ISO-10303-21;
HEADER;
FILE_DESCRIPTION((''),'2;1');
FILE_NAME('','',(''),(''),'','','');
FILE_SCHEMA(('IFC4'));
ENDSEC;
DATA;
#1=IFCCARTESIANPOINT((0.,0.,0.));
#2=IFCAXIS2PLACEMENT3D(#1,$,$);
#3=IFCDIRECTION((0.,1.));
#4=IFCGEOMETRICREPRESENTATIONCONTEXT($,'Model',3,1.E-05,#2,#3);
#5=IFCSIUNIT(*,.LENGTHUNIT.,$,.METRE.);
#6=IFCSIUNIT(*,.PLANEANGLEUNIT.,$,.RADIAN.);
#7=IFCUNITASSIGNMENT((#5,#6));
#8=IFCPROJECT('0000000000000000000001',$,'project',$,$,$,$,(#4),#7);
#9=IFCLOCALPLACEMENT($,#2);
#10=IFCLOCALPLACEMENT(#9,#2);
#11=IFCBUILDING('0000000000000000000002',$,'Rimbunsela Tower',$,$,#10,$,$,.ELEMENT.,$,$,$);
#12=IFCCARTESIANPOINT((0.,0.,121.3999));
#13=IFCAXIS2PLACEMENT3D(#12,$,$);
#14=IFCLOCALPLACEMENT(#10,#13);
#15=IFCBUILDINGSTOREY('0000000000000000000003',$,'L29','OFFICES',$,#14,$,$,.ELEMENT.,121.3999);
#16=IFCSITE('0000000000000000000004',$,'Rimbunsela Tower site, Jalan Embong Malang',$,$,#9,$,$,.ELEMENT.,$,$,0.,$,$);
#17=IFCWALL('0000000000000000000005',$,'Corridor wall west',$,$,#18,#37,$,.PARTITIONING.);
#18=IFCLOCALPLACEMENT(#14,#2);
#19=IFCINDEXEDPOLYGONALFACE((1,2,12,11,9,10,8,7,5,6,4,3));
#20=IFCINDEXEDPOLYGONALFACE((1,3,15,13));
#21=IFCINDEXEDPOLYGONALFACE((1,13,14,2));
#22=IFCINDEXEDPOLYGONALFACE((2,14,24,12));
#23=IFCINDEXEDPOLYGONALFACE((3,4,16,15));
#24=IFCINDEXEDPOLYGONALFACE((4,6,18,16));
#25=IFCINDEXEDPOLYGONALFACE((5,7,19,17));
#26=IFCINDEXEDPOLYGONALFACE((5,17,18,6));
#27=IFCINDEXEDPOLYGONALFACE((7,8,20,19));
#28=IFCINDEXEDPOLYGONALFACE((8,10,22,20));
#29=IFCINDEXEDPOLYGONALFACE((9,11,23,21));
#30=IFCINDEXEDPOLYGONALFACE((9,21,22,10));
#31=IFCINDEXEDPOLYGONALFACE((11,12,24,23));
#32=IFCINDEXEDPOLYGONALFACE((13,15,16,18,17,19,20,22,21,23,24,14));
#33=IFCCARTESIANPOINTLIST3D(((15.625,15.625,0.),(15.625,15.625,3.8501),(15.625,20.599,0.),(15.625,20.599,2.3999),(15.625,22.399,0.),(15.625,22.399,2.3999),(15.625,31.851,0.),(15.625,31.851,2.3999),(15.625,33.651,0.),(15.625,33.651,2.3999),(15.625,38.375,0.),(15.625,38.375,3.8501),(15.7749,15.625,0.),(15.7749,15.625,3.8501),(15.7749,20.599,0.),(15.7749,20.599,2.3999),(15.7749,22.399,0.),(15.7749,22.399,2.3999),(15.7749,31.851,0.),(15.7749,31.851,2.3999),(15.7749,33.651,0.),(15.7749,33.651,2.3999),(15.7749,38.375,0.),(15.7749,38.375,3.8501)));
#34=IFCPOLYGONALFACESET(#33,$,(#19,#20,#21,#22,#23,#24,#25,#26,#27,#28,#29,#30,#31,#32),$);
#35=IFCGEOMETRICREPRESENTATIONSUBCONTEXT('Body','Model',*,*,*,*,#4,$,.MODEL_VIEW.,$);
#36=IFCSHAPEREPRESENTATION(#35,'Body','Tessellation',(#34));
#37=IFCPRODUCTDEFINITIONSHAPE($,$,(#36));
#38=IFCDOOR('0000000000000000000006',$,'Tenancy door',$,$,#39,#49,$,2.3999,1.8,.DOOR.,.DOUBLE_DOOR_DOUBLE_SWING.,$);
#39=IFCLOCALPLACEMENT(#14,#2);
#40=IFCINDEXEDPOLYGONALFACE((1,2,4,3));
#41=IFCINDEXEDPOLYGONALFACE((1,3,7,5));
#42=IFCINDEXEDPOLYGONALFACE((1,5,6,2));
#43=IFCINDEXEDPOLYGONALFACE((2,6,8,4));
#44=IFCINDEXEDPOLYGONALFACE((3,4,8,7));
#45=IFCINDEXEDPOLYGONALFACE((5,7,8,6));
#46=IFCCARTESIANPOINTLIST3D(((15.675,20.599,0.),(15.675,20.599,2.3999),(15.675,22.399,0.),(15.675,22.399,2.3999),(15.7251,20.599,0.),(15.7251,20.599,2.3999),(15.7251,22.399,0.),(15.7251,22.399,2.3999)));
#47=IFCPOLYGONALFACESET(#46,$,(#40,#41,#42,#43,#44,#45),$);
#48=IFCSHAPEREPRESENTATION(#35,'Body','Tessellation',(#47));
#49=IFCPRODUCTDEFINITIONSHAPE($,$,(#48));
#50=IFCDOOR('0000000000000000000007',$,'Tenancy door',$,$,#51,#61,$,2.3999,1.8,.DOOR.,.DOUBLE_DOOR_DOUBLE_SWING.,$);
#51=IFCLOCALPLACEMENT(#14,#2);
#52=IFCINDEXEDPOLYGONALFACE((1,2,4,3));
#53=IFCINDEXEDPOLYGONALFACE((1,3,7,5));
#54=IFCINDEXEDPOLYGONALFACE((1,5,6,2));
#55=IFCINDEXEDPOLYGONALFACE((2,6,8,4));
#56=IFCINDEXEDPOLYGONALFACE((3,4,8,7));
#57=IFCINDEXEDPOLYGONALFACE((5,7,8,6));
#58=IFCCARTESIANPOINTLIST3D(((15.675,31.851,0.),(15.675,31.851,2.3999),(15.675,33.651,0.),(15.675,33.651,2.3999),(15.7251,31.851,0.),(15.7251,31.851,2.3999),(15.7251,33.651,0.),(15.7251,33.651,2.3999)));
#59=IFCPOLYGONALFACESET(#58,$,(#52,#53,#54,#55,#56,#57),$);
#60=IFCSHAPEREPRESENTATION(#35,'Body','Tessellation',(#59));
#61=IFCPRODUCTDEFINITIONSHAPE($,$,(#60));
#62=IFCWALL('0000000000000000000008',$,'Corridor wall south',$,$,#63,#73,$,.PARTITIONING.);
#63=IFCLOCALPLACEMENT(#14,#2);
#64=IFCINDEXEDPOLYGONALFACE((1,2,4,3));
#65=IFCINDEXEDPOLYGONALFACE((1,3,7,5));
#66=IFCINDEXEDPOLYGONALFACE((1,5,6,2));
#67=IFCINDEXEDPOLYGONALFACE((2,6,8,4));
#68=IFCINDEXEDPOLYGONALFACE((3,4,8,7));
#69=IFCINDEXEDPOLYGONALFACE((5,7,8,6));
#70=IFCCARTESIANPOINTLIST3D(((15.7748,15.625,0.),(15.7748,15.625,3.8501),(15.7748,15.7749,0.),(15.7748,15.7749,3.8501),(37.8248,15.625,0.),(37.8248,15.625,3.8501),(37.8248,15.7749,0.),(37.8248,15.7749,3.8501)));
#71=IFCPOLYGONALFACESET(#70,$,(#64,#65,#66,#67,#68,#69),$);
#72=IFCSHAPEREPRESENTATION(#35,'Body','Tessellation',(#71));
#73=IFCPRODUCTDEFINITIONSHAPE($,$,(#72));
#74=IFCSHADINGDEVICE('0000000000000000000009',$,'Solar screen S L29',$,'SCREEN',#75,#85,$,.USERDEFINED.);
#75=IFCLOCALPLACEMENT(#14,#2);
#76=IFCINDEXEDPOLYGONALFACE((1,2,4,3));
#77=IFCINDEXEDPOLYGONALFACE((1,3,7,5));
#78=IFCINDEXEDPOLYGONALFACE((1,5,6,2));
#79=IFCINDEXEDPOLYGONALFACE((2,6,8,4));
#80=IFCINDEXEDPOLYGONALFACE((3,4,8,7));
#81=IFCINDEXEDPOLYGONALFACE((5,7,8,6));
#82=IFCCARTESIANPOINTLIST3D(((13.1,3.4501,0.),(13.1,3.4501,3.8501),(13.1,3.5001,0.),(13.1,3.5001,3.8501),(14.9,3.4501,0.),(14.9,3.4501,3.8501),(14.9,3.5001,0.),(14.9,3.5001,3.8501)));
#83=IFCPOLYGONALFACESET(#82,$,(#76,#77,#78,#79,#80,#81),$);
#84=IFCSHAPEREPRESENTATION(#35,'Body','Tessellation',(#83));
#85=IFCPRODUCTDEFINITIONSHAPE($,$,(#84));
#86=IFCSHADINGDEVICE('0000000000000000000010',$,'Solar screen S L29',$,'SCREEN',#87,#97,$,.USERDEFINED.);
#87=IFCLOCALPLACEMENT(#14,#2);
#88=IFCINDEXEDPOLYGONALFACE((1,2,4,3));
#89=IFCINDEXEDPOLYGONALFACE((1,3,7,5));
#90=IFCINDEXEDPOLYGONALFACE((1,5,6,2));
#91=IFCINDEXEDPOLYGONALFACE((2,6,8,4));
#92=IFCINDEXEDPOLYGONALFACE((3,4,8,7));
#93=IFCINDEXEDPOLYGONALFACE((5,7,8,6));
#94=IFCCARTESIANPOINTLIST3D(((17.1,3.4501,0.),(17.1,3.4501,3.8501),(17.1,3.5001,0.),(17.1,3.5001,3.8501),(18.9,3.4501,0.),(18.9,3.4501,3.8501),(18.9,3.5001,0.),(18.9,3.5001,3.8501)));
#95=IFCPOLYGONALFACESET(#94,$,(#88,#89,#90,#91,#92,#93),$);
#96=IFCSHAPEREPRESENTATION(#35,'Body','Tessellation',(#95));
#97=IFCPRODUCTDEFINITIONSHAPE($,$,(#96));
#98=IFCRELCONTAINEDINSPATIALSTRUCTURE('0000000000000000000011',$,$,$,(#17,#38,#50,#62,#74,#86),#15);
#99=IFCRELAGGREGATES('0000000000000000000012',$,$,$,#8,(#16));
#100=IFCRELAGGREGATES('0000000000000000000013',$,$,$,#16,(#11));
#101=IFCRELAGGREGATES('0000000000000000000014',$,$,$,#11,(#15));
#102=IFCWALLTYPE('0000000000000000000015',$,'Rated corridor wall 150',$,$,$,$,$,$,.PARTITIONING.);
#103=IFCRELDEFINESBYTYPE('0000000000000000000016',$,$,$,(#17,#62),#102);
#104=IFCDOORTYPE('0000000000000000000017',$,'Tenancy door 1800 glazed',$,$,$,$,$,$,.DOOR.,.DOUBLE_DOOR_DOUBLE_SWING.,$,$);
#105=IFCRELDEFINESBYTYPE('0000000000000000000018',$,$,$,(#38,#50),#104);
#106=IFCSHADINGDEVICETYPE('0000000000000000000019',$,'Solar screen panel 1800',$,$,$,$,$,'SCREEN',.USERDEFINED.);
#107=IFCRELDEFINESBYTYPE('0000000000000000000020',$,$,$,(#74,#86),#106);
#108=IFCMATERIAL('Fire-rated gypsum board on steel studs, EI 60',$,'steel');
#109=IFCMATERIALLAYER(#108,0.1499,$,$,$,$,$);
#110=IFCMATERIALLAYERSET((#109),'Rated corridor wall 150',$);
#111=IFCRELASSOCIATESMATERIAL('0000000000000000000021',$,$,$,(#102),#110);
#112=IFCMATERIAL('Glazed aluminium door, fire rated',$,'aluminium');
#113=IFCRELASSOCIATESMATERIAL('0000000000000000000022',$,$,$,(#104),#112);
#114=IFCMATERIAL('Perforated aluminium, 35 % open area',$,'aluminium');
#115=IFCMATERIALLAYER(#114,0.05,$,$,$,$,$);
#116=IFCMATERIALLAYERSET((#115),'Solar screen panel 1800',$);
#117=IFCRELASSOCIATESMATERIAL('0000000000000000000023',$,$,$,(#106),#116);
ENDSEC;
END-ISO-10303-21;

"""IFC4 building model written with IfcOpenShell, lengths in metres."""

from ifc_helpers import new_model, si_unit, direction, frame, frame_2d, origin, origin_2d, place, context, subcontext, project, spatial, rectangle, extrude, material, layer, layer_set, type_object, element, fill, save


model = new_model("IFC4")

# Units and contexts
model_context = context("Model", 3, precision=1e-05, world=origin(), true_north=direction((0.0, 1.0)))
body_context = subcontext(model_context, "Body", "Model", "MODEL_VIEW")
ifc_project = project(units=[si_unit("LENGTHUNIT", "METRE"), si_unit("PLANEANGLEUNIT", "RADIAN")], contexts=[model_context])

# Site, building, storey
site_placement = place(None, origin())
site = spatial("IfcSite", under=ifc_project, at=site_placement, Name="Rimbunsela Tower site, Jalan Embong Malang", CompositionType="ELEMENT", RefElevation=0.0)
building_placement = place(site_placement, origin())
building = spatial("IfcBuilding", under=site, at=building_placement, Name="Rimbunsela Tower", CompositionType="ELEMENT")
storey_placement = place(building_placement, frame((0.0, 0.0, 121.3999)))
storey = spatial("IfcBuildingStorey", under=building, at=storey_placement, Name="L29", Description="OFFICES", CompositionType="ELEMENT", Elevation=121.3999)

# Wall, openings, doors
ifc_material_1 = material(Name="Fire-rated gypsum board on steel studs, EI 60", Category="steel")
ifc_layer_1 = layer(ifc_material_1, 0.1499)
ifc_layer_set_1 = layer_set([ifc_layer_1], Name="Rated corridor wall 150")
wall_type_1 = type_object("IfcWallType", Name="Rated corridor wall 150", PredefinedType="PARTITIONING", material=ifc_layer_set_1)
wall_1_placement = place(storey_placement, frame((15.7, 15.625, 0.0), z_axis=(0.0, 0.0, 1.0), x_axis=(0.0, 1.0, 0.0)))
wall_1 = element("IfcWall", 1, at=wall_1_placement, inside=storey, type_object=wall_type_1, Name="Corridor wall west", PredefinedType="PARTITIONING", context=body_context, shape_type="SweptSolid", body=[
    extrude(rectangle(XDim=22.75, YDim=0.1499, at=frame_2d((11.375, 0.0))), origin(), (0.0, 0.0, 1.0), 3.8501),
])
opening_1_placement = place(wall_1_placement, frame((4.9741, 0.0, 0.0)))
opening_1 = element("IfcOpeningElement", 2, at=opening_1_placement, cuts=wall_1, PredefinedType="OPENING", context=body_context, shape_type="SweptSolid", body=[
    extrude(rectangle(XDim=1.8, YDim=2.3999, at=frame_2d((0.8999, 1.2))), frame((0.0, 0.085, 0.0), z_axis=(0.0, -1.0, 0.0), x_axis=(1.0, 0.0, 0.0)), (0.0, 0.0, 1.0), 0.1699),
])
opening_2_placement = place(wall_1_placement, frame((16.2261, 0.0, 0.0)))
opening_2 = element("IfcOpeningElement", 3, at=opening_2_placement, cuts=wall_1, PredefinedType="OPENING", context=body_context, shape_type="SweptSolid", body=[
    extrude(rectangle(XDim=1.8, YDim=2.3999, at=frame_2d((0.8999, 1.2))), frame((0.0, 0.085, 0.0), z_axis=(0.0, -1.0, 0.0), x_axis=(1.0, 0.0, 0.0)), (0.0, 0.0, 1.0), 0.1699),
])
ifc_material_2 = material(Name="Glazed aluminium door, fire rated", Category="aluminium")
door_type_1 = type_object("IfcDoorType", Name="Tenancy door 1800 glazed", OperationType="DOUBLE_DOOR_DOUBLE_SWING", PredefinedType="DOOR", material=ifc_material_2)
door_1_placement = place(opening_1_placement, origin())
door_1 = element("IfcDoor", 4, at=door_1_placement, inside=storey, type_object=door_type_1, Name="Tenancy door", OperationType="DOUBLE_DOOR_DOUBLE_SWING", OverallHeight=2.3999, OverallWidth=1.8, PredefinedType="DOOR", context=body_context, shape_type="SweptSolid", body=[
    extrude(rectangle(XDim=1.8, YDim=2.3999, at=frame_2d((0.8999, 1.2))), frame((0.0, 0.0249, 0.0), z_axis=(0.0, -1.0, 0.0), x_axis=(1.0, 0.0, 0.0)), (0.0, 0.0, 1.0), 0.05),
])
fill(opening_1, door_1)
door_2_placement = place(opening_2_placement, origin())
door_2 = element("IfcDoor", 5, at=door_2_placement, inside=storey, type_object=door_type_1, Name="Tenancy door", OperationType="DOUBLE_DOOR_DOUBLE_SWING", OverallHeight=2.3999, OverallWidth=1.8, PredefinedType="DOOR", context=body_context, shape_type="SweptSolid", body=[
    extrude(rectangle(XDim=1.8, YDim=2.3999, at=frame_2d((0.8999, 1.2))), frame((0.0, 0.0249, 0.0), z_axis=(0.0, -1.0, 0.0), x_axis=(1.0, 0.0, 0.0)), (0.0, 0.0, 1.0), 0.05),
])
fill(opening_2, door_2)

# Wall
wall_2_placement = place(storey_placement, frame((15.7749, 15.7, 0.0), z_axis=(0.0, 0.0, 1.0), x_axis=(1.0, 0.0, 0.0)))
element("IfcWall", 6, at=wall_2_placement, inside=storey, type_object=wall_type_1, Name="Corridor wall south", PredefinedType="PARTITIONING", context=body_context, shape_type="SweptSolid", body=[
    extrude(rectangle(XDim=22.05, YDim=0.1499, at=frame_2d((11.0249, 0.0))), origin(), (0.0, 0.0, 1.0), 3.8501),
])

# Shading devices
ifc_material_3 = material(Name="Perforated aluminium, 35 % open area", Category="aluminium")
ifc_layer_2 = layer(ifc_material_3, 0.05)
ifc_layer_set_2 = layer_set([ifc_layer_2], Name="Solar screen panel 1800")
shading_device_type = type_object("IfcShadingDeviceType", Name="Solar screen panel 1800", ElementType="SCREEN", PredefinedType="USERDEFINED", material=ifc_layer_set_2)
for number, where, z_axis, x_axis, name in (
    (7, (14.0, 3.4751, 0.0), (0.0, 0.0, 1.0), (1.0, 0.0, 0.0), "Solar screen S L29"),
    (8, (18.0, 3.4751, 0.0), (0.0, 0.0, 1.0), (1.0, 0.0, 0.0), "Solar screen S L29"),
):
    element("IfcShadingDevice", number, at=place(storey_placement, frame(where, z_axis=z_axis, x_axis=x_axis)), inside=storey, type_object=shading_device_type, Name=name, ObjectType="SCREEN", PredefinedType="USERDEFINED", context=body_context, shape_type="SweptSolid", body=[
        extrude(rectangle(XDim=1.8, YDim=0.05, at=origin_2d()), origin(), (0.0, 0.0, 1.0), 3.8501),
    ])

save(model, "model.ifc")
